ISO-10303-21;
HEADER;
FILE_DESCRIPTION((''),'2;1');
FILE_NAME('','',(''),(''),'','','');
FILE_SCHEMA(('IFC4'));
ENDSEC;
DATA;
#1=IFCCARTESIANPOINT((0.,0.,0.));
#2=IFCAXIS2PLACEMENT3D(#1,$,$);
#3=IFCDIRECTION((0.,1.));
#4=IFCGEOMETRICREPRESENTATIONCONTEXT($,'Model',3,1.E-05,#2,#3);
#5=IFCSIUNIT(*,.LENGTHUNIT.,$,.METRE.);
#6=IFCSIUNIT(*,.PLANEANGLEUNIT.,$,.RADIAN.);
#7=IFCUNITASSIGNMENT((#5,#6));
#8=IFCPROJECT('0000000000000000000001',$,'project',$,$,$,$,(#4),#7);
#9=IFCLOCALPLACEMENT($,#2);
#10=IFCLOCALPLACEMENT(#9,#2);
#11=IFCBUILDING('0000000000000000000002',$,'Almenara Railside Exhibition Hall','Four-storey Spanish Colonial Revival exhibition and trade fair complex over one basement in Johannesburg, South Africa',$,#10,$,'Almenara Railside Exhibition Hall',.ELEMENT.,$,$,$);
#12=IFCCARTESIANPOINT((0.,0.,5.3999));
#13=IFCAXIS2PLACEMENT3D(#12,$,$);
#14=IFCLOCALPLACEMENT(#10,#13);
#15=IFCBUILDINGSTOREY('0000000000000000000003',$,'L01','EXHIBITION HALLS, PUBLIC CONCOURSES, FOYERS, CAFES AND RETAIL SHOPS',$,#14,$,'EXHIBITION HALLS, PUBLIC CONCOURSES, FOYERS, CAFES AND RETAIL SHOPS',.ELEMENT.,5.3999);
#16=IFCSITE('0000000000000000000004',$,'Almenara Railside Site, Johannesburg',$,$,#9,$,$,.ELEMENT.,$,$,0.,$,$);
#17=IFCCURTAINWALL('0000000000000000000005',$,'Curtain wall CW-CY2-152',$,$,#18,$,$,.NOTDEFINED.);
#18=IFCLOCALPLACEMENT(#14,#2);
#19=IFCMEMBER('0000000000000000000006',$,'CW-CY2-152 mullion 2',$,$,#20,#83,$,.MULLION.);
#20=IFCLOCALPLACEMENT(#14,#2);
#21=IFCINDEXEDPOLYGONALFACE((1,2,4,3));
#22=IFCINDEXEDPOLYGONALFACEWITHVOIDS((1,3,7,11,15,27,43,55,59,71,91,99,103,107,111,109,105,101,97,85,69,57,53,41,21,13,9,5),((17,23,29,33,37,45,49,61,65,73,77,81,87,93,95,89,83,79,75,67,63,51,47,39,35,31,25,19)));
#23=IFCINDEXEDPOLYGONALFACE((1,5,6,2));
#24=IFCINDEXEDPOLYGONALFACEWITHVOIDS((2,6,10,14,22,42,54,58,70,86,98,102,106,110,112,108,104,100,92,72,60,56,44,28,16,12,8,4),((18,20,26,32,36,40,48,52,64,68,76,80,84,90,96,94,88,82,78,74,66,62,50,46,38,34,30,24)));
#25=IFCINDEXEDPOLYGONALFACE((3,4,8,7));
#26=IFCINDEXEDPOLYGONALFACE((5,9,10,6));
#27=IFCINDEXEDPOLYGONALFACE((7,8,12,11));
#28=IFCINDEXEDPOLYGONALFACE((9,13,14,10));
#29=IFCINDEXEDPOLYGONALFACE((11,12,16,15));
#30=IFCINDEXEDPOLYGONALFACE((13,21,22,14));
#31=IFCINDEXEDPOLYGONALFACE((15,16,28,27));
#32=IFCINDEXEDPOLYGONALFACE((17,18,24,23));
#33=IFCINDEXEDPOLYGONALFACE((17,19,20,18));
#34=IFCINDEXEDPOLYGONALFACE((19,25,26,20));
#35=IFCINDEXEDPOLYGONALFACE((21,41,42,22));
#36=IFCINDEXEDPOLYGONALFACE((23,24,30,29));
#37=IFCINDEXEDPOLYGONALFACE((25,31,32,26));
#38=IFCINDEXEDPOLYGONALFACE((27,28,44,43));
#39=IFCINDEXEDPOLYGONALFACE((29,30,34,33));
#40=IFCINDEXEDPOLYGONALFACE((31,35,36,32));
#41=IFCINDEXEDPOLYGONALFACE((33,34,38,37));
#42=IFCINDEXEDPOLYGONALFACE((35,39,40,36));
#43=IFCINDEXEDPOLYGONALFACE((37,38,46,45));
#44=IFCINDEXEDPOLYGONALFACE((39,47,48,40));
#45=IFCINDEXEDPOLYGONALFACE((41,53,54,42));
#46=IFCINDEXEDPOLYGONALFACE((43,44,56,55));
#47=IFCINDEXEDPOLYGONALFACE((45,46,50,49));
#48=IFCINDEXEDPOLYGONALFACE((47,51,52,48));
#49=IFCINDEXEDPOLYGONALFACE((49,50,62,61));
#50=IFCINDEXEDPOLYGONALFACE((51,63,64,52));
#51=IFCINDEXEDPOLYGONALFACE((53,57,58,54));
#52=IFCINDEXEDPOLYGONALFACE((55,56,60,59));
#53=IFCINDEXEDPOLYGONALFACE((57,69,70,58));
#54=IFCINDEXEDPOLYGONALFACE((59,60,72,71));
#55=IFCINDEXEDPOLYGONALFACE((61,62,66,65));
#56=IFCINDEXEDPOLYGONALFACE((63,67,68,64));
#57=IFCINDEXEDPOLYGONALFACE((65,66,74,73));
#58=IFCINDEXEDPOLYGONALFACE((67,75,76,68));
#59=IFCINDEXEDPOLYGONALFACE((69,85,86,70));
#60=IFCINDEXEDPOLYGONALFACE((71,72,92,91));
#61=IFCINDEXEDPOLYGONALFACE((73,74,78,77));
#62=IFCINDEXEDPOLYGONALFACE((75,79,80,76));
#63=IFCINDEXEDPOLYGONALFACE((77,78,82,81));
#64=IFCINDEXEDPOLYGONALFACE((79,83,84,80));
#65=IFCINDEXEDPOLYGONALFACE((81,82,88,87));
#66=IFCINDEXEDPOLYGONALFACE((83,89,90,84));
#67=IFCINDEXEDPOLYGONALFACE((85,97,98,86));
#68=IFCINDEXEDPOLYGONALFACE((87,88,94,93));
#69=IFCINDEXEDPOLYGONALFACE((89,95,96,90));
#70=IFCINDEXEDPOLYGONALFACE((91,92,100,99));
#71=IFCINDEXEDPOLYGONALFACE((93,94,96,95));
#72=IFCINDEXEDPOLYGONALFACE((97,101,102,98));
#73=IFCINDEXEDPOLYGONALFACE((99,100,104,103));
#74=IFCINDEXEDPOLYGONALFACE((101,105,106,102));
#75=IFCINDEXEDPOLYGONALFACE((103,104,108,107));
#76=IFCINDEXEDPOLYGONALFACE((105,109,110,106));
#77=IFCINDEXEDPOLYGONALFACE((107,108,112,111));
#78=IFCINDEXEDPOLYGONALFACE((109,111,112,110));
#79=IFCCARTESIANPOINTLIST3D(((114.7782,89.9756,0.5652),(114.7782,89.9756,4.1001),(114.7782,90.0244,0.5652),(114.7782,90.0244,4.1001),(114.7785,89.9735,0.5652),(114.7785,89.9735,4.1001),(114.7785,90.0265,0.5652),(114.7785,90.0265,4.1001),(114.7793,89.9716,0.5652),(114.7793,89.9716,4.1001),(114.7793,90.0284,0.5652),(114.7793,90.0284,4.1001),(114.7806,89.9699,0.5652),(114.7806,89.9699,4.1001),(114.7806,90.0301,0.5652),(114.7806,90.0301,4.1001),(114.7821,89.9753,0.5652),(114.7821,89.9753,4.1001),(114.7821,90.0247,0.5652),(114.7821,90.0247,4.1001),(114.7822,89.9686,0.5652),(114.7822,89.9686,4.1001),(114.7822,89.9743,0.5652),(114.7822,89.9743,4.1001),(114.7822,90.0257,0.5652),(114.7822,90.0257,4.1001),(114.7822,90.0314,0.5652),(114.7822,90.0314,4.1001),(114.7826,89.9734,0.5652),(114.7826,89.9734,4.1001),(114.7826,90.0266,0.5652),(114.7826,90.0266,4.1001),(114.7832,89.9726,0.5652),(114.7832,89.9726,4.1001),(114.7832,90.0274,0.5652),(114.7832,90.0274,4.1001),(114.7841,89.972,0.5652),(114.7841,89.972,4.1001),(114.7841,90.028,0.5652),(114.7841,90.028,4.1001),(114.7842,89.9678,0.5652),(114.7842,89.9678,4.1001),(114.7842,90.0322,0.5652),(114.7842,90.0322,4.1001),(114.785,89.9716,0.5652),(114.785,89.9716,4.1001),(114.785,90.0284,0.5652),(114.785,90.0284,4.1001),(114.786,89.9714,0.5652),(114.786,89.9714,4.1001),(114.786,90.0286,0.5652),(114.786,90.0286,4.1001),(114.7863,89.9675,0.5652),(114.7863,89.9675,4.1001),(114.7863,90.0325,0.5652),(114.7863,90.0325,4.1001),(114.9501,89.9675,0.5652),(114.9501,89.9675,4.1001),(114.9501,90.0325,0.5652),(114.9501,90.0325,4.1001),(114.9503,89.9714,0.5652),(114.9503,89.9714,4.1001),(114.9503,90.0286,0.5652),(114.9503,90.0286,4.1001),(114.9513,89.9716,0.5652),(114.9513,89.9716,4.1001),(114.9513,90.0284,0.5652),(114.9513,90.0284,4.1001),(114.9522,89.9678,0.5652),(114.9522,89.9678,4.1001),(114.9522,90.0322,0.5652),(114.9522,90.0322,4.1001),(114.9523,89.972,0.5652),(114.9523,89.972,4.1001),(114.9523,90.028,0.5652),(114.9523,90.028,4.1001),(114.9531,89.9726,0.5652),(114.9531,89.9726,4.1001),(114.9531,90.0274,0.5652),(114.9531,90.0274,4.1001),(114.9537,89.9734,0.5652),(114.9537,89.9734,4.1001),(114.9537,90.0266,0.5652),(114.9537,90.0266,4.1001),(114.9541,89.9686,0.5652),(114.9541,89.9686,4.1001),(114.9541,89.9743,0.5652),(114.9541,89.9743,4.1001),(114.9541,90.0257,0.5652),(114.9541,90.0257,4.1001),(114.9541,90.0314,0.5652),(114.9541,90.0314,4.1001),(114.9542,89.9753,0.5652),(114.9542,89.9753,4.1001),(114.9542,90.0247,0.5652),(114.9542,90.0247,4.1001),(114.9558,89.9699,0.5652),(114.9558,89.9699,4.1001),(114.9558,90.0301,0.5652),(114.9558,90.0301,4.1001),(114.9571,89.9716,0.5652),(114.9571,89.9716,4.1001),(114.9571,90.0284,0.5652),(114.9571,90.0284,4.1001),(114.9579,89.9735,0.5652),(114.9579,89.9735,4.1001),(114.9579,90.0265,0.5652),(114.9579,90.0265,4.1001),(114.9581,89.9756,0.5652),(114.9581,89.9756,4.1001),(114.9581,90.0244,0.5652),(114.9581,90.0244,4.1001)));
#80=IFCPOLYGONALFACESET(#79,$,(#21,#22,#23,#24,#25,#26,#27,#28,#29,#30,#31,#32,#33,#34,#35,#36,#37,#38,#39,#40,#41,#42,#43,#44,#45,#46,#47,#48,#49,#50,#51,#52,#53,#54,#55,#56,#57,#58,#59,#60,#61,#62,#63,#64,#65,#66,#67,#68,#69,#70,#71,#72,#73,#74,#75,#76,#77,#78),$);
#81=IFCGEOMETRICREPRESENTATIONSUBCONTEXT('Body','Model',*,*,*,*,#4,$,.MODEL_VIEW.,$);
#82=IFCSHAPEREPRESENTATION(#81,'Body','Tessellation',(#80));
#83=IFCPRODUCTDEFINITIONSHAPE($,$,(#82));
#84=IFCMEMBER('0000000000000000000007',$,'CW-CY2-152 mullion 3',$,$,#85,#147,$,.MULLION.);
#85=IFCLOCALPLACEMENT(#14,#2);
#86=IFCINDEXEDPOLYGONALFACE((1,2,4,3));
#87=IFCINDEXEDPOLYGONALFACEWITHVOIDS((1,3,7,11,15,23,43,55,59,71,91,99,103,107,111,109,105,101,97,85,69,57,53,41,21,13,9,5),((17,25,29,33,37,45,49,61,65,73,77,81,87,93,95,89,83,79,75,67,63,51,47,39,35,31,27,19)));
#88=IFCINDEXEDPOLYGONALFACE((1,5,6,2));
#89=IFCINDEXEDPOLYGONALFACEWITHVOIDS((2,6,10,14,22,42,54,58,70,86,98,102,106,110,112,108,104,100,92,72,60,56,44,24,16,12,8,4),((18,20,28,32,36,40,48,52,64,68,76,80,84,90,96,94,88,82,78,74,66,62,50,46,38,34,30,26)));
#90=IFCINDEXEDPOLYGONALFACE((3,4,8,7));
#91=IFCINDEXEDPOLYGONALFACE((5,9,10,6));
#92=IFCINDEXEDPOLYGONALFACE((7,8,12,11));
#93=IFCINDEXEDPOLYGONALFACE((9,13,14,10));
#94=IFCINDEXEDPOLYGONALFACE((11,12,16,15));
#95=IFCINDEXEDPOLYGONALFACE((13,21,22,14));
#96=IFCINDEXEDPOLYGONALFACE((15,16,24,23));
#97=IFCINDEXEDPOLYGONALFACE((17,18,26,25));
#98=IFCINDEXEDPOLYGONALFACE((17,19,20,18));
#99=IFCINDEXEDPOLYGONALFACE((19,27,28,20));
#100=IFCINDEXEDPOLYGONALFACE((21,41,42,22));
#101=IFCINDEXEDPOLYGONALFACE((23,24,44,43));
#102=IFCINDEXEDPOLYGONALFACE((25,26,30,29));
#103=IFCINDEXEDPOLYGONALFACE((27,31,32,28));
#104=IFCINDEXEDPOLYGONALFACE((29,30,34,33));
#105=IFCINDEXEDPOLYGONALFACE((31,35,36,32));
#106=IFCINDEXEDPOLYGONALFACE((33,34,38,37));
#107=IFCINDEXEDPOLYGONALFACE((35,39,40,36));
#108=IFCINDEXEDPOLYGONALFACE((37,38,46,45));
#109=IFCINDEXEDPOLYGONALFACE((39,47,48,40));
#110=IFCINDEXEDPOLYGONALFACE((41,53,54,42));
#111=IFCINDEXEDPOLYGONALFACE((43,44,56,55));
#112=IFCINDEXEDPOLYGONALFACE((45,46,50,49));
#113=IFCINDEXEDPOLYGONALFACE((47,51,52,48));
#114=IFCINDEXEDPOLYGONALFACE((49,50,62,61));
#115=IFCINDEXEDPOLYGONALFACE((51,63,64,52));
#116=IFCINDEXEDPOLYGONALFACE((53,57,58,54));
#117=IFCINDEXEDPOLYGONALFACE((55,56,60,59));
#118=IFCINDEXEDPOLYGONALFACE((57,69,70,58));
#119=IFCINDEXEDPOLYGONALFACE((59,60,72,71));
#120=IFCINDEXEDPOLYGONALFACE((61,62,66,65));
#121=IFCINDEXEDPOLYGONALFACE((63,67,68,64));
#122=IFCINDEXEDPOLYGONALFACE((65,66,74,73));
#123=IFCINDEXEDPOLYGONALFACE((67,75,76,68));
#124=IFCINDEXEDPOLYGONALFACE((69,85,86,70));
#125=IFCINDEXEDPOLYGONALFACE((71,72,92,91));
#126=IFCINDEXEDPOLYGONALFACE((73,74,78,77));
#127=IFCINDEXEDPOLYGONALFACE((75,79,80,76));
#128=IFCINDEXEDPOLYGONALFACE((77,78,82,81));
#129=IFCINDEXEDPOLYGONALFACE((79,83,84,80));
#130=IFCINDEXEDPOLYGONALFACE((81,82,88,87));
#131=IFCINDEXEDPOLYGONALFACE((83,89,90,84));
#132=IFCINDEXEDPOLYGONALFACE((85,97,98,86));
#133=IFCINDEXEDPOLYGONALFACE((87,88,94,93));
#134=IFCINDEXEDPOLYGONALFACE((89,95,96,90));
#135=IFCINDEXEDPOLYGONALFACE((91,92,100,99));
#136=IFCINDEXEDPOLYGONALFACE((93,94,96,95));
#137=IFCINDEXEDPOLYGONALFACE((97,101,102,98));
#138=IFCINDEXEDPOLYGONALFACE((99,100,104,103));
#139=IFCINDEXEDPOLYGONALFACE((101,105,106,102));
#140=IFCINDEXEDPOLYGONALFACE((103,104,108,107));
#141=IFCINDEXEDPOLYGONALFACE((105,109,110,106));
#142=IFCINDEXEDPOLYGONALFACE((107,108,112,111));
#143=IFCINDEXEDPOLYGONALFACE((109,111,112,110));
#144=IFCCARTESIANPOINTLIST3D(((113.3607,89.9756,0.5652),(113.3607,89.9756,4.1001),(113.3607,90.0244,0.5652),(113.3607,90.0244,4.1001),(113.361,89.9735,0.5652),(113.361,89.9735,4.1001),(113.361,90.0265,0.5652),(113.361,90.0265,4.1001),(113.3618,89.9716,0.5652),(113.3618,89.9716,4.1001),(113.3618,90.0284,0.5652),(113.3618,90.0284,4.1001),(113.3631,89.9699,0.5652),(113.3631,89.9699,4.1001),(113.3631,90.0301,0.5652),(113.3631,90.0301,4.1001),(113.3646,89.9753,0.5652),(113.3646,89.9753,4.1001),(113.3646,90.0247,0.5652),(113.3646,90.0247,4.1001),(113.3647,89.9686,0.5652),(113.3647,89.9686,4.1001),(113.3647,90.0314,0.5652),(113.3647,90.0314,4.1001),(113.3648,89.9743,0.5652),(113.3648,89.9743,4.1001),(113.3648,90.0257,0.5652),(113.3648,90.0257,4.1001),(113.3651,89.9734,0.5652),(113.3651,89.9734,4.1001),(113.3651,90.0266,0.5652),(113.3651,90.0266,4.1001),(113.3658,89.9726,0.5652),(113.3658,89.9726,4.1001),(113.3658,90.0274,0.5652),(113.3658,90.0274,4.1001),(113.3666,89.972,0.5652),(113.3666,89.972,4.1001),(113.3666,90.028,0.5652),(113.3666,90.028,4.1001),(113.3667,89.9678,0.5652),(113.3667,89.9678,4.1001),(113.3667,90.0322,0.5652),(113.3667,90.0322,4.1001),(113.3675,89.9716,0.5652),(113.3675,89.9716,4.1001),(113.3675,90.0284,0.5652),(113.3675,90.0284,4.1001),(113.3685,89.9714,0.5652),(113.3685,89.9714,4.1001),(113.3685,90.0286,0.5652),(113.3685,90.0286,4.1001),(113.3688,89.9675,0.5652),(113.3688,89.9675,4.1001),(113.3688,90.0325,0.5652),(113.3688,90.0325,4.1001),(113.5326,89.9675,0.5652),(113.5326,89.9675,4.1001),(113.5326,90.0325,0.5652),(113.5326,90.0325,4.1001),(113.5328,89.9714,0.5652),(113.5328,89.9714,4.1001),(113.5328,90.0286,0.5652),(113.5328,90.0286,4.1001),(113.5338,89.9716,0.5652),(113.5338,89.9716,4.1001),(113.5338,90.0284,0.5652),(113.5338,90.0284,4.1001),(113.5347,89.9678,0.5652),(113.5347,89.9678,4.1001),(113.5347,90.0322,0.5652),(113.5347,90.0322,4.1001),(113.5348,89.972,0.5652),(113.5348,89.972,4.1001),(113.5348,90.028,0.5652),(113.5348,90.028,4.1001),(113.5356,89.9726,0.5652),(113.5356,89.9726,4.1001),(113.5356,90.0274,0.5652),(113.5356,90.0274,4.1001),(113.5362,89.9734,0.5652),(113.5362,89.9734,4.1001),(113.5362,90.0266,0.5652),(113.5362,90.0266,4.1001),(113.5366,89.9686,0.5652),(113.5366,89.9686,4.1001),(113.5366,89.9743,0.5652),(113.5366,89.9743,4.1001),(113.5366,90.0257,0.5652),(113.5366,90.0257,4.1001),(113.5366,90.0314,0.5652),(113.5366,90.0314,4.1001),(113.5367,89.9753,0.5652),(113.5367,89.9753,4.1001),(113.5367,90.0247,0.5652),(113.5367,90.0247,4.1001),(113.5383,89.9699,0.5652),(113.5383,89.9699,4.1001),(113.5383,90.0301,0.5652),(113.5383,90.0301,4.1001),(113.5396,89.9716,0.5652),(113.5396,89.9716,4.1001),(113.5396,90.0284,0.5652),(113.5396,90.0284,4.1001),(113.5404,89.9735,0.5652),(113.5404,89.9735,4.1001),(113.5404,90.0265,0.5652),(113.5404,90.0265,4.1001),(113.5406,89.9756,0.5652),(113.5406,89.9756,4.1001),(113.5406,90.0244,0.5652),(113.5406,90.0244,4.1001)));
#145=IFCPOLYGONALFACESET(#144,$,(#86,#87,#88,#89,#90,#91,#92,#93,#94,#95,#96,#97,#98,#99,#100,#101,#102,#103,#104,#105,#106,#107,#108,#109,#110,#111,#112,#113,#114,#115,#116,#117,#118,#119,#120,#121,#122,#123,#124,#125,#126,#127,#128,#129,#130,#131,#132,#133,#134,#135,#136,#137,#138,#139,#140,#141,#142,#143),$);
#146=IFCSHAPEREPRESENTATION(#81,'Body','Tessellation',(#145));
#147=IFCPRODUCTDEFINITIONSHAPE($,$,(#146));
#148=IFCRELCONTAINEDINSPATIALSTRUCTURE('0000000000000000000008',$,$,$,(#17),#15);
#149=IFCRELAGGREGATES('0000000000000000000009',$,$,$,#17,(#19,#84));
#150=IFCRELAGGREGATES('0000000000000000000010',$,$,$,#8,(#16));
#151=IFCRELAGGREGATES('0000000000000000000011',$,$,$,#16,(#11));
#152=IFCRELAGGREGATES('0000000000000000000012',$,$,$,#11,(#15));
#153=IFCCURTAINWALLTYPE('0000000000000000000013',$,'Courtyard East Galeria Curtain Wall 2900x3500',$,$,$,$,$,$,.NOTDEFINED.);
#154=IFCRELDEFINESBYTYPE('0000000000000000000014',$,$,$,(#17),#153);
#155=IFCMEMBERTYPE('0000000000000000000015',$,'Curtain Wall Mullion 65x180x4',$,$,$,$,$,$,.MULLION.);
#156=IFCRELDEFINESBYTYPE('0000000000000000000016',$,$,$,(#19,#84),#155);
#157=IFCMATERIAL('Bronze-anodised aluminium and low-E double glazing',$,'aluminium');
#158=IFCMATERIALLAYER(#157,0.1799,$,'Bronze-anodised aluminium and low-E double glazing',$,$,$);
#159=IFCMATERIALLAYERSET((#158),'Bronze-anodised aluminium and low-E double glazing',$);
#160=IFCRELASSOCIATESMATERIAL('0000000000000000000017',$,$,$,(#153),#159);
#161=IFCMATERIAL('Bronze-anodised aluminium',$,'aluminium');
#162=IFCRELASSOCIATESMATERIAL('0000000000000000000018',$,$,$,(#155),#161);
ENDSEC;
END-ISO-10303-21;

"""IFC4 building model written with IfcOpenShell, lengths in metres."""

from ifc_helpers import new_model, si_unit, direction, frame, origin, origin_2d, place, context, subcontext, project, spatial, hollow_rectangle, extrude, material, layer, layer_set, material_profile, profile_set, type_object, element, aggregate, save


model = new_model("IFC4")

# Units and contexts
model_context = context("Model", 3, precision=1e-05, world=origin(), true_north=direction((0.0, 1.0)))
body_context = subcontext(model_context, "Body", "Model", "MODEL_VIEW")
ifc_project = project(units=[si_unit("LENGTHUNIT", "METRE"), si_unit("PLANEANGLEUNIT", "RADIAN")], contexts=[model_context])

# Site, building, storey
site_placement = place(None, origin())
site = spatial("IfcSite", under=ifc_project, at=site_placement, Name="Almenara Railside Site, Johannesburg", CompositionType="ELEMENT", RefElevation=0.0)
building_placement = place(site_placement, origin())
building = spatial("IfcBuilding", under=site, at=building_placement, Name="Almenara Railside Exhibition Hall", Description="Four-storey Spanish Colonial Revival exhibition and trade fair complex over one basement in Johannesburg, South Africa", LongName="Almenara Railside Exhibition Hall", CompositionType="ELEMENT")
storey_placement = place(building_placement, frame((0.0, 0.0, 5.3999)))
storey = spatial("IfcBuildingStorey", under=building, at=storey_placement, Name="L01", Description="EXHIBITION HALLS, PUBLIC CONCOURSES, FOYERS, CAFES AND RETAIL SHOPS", LongName="EXHIBITION HALLS, PUBLIC CONCOURSES, FOYERS, CAFES AND RETAIL SHOPS", CompositionType="ELEMENT", Elevation=5.3999)

# Shared definitions
ifc_material_1 = material(Name="Bronze-anodised aluminium and low-E double glazing", Category="aluminium")
ifc_layer_1 = layer(ifc_material_1, 0.1799, Name="Bronze-anodised aluminium and low-E double glazing")
ifc_layer_set_1 = layer_set([ifc_layer_1], Name="Bronze-anodised aluminium and low-E double glazing")
curtain_wall_type = type_object("IfcCurtainWallType", Name="Courtyard East Galeria Curtain Wall 2900x3500", PredefinedType="NOTDEFINED", material=ifc_layer_set_1)
ifc_material_2 = material(Name="Bronze-anodised aluminium", Category="aluminium")

# Curtain wall, members
curtain_wall_1_placement = place(storey_placement, origin())
curtain_wall_1 = element("IfcCurtainWall", 1, at=curtain_wall_1_placement, inside=storey, type_object=curtain_wall_type, Name="Curtain wall CW-CY2-152", PredefinedType="NOTDEFINED")
ifc_material_profile_1 = material_profile(ifc_material_2, hollow_rectangle(XDim=0.0649, YDim=0.1799, WallThickness=0.0039, InnerFilletRadius=0.0039, OuterFilletRadius=0.0081, at=origin_2d()), Name="ALU-MUL 65x180x4")
ifc_profile_set_1 = profile_set([ifc_material_profile_1], Name="Bronze-anodised aluminium")
member_type_1 = type_object("IfcMemberType", Name="Curtain Wall Mullion 65x180x4", PredefinedType="MULLION", material=ifc_profile_set_1)
member_1_placement = place(storey_placement, frame((114.8682, 90.0, 0.5652), z_axis=(0.0, 0.0, 1.0), x_axis=(0.0, -1.0, 0.0)))
member_1 = element("IfcMember", 2, at=member_1_placement, type_object=member_type_1, Name="CW-CY2-152 mullion 2", PredefinedType="MULLION", context=body_context, shape_type="SweptSolid", body=[
    extrude(hollow_rectangle(XDim=0.0649, YDim=0.1799, WallThickness=0.0039, InnerFilletRadius=0.0039, OuterFilletRadius=0.0081, at=origin_2d()), origin(), (0.0, 0.0, 1.0), 3.5349),
])
member_2_placement = place(storey_placement, frame((113.4507, 90.0, 0.5652), z_axis=(0.0, 0.0, 1.0), x_axis=(0.0, -1.0, 0.0)))
member_2 = element("IfcMember", 3, at=member_2_placement, type_object=member_type_1, Name="CW-CY2-152 mullion 3", PredefinedType="MULLION", context=body_context, shape_type="SweptSolid", body=[
    extrude(hollow_rectangle(XDim=0.0649, YDim=0.1799, WallThickness=0.0039, InnerFilletRadius=0.0039, OuterFilletRadius=0.0081, at=origin_2d()), origin(), (0.0, 0.0, 1.0), 3.5349),
])

aggregate(curtain_wall_1, [member_1, member_2])

save(model, "model.ifc")
